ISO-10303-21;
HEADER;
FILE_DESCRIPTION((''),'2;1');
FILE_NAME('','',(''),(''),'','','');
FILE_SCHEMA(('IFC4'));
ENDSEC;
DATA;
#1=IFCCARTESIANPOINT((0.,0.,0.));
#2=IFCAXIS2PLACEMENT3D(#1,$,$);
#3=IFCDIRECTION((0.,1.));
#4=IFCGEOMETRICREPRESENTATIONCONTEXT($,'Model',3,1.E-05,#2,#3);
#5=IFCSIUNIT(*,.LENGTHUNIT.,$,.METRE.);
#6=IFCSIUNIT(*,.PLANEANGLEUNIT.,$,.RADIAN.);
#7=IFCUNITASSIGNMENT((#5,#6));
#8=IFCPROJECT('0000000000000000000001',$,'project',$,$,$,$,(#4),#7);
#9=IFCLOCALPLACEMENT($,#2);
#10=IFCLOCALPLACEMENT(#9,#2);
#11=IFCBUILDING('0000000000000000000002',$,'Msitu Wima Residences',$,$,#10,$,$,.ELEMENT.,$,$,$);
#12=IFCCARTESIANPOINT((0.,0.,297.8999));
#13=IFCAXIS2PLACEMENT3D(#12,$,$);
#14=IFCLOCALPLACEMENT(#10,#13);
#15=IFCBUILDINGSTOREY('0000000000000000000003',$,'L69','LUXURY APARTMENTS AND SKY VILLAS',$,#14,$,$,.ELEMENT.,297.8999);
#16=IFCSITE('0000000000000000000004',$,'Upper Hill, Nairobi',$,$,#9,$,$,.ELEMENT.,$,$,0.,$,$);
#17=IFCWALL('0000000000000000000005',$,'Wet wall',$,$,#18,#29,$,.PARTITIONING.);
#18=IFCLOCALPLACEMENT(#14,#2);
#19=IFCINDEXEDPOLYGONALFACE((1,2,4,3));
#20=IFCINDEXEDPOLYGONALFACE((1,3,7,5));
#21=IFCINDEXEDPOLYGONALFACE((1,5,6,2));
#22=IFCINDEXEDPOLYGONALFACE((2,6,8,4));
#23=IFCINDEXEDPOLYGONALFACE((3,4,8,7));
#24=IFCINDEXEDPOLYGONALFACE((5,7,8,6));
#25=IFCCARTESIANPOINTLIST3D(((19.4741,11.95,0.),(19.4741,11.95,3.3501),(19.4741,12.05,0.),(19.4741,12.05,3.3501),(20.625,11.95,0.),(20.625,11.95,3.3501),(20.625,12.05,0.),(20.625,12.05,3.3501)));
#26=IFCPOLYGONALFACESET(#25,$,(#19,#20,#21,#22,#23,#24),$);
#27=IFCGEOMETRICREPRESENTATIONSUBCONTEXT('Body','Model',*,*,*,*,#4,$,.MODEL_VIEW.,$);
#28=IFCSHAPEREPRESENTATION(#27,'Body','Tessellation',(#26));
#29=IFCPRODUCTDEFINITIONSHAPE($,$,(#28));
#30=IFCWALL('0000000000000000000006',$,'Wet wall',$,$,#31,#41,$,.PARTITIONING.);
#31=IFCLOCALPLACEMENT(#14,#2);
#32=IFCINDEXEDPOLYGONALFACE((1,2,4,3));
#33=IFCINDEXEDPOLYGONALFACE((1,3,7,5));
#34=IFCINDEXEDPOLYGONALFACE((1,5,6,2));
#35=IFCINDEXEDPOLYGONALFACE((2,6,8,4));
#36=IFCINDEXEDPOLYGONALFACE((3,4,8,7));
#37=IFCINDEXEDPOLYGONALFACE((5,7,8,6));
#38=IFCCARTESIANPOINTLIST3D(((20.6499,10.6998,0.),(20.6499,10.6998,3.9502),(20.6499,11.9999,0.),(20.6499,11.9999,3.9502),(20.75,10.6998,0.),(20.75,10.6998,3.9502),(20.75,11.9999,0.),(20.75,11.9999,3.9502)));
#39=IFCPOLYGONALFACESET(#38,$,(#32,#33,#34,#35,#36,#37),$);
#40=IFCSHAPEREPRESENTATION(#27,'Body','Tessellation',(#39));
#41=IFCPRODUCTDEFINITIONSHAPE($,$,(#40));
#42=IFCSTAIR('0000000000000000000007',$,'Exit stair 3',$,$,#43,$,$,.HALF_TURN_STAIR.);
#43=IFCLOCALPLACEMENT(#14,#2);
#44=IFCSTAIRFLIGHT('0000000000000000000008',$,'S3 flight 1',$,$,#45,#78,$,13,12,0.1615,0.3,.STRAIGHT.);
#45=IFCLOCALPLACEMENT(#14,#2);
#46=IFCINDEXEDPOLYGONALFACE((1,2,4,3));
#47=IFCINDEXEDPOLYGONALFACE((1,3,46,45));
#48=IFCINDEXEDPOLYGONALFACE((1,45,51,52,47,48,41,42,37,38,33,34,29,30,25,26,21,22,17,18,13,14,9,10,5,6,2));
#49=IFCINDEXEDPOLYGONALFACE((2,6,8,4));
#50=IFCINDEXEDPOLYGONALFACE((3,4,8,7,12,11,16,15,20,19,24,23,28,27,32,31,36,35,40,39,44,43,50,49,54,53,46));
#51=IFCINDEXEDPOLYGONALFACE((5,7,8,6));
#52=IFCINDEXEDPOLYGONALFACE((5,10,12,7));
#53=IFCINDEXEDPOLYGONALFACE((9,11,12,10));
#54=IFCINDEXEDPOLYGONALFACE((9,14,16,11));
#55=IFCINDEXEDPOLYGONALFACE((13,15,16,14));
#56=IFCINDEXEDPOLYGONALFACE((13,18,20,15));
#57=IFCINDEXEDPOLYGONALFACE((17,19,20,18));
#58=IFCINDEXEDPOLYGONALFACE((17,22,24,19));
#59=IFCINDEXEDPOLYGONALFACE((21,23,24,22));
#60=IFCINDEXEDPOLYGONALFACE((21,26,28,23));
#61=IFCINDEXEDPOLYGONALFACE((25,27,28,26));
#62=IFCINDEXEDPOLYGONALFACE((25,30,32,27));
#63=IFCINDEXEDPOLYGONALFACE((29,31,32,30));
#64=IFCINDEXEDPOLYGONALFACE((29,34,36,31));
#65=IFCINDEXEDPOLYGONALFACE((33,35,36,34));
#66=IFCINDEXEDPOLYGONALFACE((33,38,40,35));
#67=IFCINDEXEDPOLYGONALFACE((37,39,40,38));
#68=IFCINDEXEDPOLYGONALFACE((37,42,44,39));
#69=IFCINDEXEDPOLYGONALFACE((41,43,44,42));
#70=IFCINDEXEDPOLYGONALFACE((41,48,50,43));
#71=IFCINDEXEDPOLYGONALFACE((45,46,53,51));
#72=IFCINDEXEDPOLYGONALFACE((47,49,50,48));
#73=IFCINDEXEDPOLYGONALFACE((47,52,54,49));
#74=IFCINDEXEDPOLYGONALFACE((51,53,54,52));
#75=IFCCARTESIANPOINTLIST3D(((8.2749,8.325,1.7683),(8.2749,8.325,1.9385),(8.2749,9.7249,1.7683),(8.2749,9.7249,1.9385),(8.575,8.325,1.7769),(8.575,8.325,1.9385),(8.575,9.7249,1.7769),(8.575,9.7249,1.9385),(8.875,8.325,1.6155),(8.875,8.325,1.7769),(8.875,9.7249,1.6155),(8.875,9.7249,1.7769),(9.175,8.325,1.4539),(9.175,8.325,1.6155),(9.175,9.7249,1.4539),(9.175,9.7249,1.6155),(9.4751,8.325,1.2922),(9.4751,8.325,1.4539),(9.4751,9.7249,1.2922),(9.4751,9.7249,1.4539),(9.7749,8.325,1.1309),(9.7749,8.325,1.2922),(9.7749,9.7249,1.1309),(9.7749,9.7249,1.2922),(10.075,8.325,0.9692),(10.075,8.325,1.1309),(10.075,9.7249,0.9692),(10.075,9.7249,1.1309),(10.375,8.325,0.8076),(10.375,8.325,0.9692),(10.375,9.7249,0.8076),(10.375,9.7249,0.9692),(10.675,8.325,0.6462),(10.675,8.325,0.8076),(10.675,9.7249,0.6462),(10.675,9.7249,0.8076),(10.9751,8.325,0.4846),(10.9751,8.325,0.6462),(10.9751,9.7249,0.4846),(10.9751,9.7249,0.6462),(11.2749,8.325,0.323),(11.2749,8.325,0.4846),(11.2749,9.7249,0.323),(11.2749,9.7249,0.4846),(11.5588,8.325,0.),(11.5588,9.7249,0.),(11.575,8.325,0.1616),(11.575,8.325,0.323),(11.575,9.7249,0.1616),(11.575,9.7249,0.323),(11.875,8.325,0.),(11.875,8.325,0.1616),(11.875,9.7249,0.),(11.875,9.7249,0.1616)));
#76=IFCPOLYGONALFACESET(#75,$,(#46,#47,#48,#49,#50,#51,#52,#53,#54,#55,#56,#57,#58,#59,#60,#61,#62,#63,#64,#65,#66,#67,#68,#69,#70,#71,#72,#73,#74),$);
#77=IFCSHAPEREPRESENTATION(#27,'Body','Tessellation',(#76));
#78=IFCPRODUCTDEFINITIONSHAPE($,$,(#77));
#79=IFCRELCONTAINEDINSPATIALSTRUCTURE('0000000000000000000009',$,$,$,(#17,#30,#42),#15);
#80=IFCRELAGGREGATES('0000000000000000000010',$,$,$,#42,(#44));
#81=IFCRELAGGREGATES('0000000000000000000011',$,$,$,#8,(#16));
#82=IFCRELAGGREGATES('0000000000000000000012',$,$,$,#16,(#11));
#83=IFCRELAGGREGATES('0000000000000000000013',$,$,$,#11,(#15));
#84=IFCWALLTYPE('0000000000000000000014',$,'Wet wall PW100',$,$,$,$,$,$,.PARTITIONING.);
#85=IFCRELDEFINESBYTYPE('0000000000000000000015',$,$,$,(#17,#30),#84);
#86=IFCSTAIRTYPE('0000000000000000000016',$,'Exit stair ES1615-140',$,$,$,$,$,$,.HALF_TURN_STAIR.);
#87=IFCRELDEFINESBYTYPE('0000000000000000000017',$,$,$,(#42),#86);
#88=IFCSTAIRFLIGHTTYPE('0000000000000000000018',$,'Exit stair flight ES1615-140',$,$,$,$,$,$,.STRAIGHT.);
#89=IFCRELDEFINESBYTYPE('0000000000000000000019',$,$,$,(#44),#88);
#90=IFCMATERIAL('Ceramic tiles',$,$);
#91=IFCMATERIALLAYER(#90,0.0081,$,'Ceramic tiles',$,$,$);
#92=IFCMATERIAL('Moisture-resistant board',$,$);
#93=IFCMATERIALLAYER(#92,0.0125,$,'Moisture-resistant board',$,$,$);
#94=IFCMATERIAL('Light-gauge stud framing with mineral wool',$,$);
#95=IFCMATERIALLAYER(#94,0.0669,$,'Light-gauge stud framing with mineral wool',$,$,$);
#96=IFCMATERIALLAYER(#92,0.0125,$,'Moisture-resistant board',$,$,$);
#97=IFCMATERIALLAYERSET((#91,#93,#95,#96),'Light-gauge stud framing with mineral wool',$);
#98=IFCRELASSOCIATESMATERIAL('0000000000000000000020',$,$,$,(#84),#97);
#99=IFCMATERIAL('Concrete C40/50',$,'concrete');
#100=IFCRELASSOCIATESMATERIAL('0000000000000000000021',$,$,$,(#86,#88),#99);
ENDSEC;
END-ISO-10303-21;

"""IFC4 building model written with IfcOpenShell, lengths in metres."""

from ifc_helpers import new_model, si_unit, direction, frame, frame_2d, origin, place, context, subcontext, project, spatial, polyline, rectangle, outline, extrude, material, layer, layer_set, type_object, element, aggregate, save


model = new_model("IFC4")

# Units and contexts
model_context = context("Model", 3, precision=1e-05, world=origin(), true_north=direction((0.0, 1.0)))
body_context = subcontext(model_context, "Body", "Model", "MODEL_VIEW")
ifc_project = project(units=[si_unit("LENGTHUNIT", "METRE"), si_unit("PLANEANGLEUNIT", "RADIAN")], contexts=[model_context])

# Site, building, storey
site_placement = place(None, origin())
site = spatial("IfcSite", under=ifc_project, at=site_placement, Name="Upper Hill, Nairobi", CompositionType="ELEMENT", RefElevation=0.0)
building_placement = place(site_placement, origin())
building = spatial("IfcBuilding", under=site, at=building_placement, Name="Msitu Wima Residences", CompositionType="ELEMENT")
storey_placement = place(building_placement, frame((0.0, 0.0, 297.8999)))
storey = spatial("IfcBuildingStorey", under=building, at=storey_placement, Name="L69", Description="LUXURY APARTMENTS AND SKY VILLAS", CompositionType="ELEMENT", Elevation=297.8999)

# Shared definitions
ifc_material_1 = material(Name="Ceramic tiles")
ifc_layer_1 = layer(ifc_material_1, 0.0081, Name="Ceramic tiles")
ifc_material_2 = material(Name="Moisture-resistant board")
ifc_layer_2 = layer(ifc_material_2, 0.0125, Name="Moisture-resistant board")
ifc_material_3 = material(Name="Light-gauge stud framing with mineral wool")
ifc_layer_3 = layer(ifc_material_3, 0.0669, Name="Light-gauge stud framing with mineral wool")
ifc_layer_4 = layer(ifc_material_2, 0.0125, Name="Moisture-resistant board")
ifc_layer_set_1 = layer_set([ifc_layer_1, ifc_layer_2, ifc_layer_3, ifc_layer_4], Name="Light-gauge stud framing with mineral wool")
wall_type_1 = type_object("IfcWallType", Name="Wet wall PW100", PredefinedType="PARTITIONING", material=ifc_layer_set_1)

# Walls
wall_1_placement = place(storey_placement, frame((19.4741, 12.0, 0.0), z_axis=(0.0, 0.0, 1.0), x_axis=(1.0, 0.0, 0.0)))
element("IfcWall", 1, at=wall_1_placement, inside=storey, type_object=wall_type_1, Name="Wet wall", PredefinedType="PARTITIONING", context=body_context, shape_type="SweptSolid", body=[
    extrude(rectangle(XDim=1.1509, YDim=0.1001, at=frame_2d((0.5754, 0.0))), origin(), (0.0, 0.0, 1.0), 3.3501),
])
wall_2_placement = place(storey_placement, frame((20.7, 10.7, 0.0), z_axis=(0.0, 0.0, 1.0), x_axis=(0.0, 1.0, 0.0)))
element("IfcWall", 2, at=wall_2_placement, inside=storey, type_object=wall_type_1, Name="Wet wall", PredefinedType="PARTITIONING", context=body_context, shape_type="SweptSolid", body=[
    extrude(rectangle(XDim=1.3, YDim=0.1001, at=frame_2d((0.6499, 0.0))), origin(), (0.0, 0.0, 1.0), 3.9502),
])

# Stair, stair flight
ifc_material_4 = material(Name="Concrete C40/50", Category="concrete")
stair_type = type_object("IfcStairType", Name="Exit stair ES1615-140", PredefinedType="HALF_TURN_STAIR", material=ifc_material_4)
stair_placement = place(storey_placement, origin())
stair = element("IfcStair", 3, at=stair_placement, inside=storey, type_object=stair_type, Name="Exit stair 3", PredefinedType="HALF_TURN_STAIR")
stair_flight_type = type_object("IfcStairFlightType", Name="Exit stair flight ES1615-140", PredefinedType="STRAIGHT", material=ifc_material_4)
stair_flight_placement = place(storey_placement, frame((11.875, 9.0249, 0.0), z_axis=(0.0, 0.0, 1.0), x_axis=(-1.0, 0.0, 0.0)))
stair_flight = element("IfcStairFlight", 4, at=stair_flight_placement, type_object=stair_flight_type, Name="S3 flight 1", NumberOfRisers=13, NumberOfTreads=12, PredefinedType="STRAIGHT", RiserHeight=0.1615, TreadLength=0.3, context=body_context, shape_type="SweptSolid", body=[
    extrude(outline(polyline([(0.0, 0.0), (0.0, 0.1616), (0.3, 0.1616), (0.3, 0.323), (0.6001, 0.323), (0.6001, 0.4846), (0.8999, 0.4846), (0.8999, 0.6462), (1.2, 0.6462), (1.2, 0.8076), (1.5, 0.8076), (1.5, 0.9692), (1.8, 0.9692), (1.8, 1.1309), (2.1001, 1.1309), (2.1001, 1.2922), (2.3999, 1.2922), (2.3999, 1.4539), (2.7, 1.4539), (2.7, 1.6155), (3.0, 1.6155), (3.0, 1.7769), (3.3, 1.7769), (3.3, 1.9385), (3.6001, 1.9385), (3.6001, 2.1001), (3.6001, 1.7683), (0.3162, 0.0), (0.0, 0.0)])), frame((0.0, 0.7, 0.0), z_axis=(0.0, -1.0, 0.0), x_axis=(1.0, 0.0, 0.0)), (0.0, 0.0, 1.0), 1.3999),
])
aggregate(stair, [stair_flight])

save(model, "model.ifc")
